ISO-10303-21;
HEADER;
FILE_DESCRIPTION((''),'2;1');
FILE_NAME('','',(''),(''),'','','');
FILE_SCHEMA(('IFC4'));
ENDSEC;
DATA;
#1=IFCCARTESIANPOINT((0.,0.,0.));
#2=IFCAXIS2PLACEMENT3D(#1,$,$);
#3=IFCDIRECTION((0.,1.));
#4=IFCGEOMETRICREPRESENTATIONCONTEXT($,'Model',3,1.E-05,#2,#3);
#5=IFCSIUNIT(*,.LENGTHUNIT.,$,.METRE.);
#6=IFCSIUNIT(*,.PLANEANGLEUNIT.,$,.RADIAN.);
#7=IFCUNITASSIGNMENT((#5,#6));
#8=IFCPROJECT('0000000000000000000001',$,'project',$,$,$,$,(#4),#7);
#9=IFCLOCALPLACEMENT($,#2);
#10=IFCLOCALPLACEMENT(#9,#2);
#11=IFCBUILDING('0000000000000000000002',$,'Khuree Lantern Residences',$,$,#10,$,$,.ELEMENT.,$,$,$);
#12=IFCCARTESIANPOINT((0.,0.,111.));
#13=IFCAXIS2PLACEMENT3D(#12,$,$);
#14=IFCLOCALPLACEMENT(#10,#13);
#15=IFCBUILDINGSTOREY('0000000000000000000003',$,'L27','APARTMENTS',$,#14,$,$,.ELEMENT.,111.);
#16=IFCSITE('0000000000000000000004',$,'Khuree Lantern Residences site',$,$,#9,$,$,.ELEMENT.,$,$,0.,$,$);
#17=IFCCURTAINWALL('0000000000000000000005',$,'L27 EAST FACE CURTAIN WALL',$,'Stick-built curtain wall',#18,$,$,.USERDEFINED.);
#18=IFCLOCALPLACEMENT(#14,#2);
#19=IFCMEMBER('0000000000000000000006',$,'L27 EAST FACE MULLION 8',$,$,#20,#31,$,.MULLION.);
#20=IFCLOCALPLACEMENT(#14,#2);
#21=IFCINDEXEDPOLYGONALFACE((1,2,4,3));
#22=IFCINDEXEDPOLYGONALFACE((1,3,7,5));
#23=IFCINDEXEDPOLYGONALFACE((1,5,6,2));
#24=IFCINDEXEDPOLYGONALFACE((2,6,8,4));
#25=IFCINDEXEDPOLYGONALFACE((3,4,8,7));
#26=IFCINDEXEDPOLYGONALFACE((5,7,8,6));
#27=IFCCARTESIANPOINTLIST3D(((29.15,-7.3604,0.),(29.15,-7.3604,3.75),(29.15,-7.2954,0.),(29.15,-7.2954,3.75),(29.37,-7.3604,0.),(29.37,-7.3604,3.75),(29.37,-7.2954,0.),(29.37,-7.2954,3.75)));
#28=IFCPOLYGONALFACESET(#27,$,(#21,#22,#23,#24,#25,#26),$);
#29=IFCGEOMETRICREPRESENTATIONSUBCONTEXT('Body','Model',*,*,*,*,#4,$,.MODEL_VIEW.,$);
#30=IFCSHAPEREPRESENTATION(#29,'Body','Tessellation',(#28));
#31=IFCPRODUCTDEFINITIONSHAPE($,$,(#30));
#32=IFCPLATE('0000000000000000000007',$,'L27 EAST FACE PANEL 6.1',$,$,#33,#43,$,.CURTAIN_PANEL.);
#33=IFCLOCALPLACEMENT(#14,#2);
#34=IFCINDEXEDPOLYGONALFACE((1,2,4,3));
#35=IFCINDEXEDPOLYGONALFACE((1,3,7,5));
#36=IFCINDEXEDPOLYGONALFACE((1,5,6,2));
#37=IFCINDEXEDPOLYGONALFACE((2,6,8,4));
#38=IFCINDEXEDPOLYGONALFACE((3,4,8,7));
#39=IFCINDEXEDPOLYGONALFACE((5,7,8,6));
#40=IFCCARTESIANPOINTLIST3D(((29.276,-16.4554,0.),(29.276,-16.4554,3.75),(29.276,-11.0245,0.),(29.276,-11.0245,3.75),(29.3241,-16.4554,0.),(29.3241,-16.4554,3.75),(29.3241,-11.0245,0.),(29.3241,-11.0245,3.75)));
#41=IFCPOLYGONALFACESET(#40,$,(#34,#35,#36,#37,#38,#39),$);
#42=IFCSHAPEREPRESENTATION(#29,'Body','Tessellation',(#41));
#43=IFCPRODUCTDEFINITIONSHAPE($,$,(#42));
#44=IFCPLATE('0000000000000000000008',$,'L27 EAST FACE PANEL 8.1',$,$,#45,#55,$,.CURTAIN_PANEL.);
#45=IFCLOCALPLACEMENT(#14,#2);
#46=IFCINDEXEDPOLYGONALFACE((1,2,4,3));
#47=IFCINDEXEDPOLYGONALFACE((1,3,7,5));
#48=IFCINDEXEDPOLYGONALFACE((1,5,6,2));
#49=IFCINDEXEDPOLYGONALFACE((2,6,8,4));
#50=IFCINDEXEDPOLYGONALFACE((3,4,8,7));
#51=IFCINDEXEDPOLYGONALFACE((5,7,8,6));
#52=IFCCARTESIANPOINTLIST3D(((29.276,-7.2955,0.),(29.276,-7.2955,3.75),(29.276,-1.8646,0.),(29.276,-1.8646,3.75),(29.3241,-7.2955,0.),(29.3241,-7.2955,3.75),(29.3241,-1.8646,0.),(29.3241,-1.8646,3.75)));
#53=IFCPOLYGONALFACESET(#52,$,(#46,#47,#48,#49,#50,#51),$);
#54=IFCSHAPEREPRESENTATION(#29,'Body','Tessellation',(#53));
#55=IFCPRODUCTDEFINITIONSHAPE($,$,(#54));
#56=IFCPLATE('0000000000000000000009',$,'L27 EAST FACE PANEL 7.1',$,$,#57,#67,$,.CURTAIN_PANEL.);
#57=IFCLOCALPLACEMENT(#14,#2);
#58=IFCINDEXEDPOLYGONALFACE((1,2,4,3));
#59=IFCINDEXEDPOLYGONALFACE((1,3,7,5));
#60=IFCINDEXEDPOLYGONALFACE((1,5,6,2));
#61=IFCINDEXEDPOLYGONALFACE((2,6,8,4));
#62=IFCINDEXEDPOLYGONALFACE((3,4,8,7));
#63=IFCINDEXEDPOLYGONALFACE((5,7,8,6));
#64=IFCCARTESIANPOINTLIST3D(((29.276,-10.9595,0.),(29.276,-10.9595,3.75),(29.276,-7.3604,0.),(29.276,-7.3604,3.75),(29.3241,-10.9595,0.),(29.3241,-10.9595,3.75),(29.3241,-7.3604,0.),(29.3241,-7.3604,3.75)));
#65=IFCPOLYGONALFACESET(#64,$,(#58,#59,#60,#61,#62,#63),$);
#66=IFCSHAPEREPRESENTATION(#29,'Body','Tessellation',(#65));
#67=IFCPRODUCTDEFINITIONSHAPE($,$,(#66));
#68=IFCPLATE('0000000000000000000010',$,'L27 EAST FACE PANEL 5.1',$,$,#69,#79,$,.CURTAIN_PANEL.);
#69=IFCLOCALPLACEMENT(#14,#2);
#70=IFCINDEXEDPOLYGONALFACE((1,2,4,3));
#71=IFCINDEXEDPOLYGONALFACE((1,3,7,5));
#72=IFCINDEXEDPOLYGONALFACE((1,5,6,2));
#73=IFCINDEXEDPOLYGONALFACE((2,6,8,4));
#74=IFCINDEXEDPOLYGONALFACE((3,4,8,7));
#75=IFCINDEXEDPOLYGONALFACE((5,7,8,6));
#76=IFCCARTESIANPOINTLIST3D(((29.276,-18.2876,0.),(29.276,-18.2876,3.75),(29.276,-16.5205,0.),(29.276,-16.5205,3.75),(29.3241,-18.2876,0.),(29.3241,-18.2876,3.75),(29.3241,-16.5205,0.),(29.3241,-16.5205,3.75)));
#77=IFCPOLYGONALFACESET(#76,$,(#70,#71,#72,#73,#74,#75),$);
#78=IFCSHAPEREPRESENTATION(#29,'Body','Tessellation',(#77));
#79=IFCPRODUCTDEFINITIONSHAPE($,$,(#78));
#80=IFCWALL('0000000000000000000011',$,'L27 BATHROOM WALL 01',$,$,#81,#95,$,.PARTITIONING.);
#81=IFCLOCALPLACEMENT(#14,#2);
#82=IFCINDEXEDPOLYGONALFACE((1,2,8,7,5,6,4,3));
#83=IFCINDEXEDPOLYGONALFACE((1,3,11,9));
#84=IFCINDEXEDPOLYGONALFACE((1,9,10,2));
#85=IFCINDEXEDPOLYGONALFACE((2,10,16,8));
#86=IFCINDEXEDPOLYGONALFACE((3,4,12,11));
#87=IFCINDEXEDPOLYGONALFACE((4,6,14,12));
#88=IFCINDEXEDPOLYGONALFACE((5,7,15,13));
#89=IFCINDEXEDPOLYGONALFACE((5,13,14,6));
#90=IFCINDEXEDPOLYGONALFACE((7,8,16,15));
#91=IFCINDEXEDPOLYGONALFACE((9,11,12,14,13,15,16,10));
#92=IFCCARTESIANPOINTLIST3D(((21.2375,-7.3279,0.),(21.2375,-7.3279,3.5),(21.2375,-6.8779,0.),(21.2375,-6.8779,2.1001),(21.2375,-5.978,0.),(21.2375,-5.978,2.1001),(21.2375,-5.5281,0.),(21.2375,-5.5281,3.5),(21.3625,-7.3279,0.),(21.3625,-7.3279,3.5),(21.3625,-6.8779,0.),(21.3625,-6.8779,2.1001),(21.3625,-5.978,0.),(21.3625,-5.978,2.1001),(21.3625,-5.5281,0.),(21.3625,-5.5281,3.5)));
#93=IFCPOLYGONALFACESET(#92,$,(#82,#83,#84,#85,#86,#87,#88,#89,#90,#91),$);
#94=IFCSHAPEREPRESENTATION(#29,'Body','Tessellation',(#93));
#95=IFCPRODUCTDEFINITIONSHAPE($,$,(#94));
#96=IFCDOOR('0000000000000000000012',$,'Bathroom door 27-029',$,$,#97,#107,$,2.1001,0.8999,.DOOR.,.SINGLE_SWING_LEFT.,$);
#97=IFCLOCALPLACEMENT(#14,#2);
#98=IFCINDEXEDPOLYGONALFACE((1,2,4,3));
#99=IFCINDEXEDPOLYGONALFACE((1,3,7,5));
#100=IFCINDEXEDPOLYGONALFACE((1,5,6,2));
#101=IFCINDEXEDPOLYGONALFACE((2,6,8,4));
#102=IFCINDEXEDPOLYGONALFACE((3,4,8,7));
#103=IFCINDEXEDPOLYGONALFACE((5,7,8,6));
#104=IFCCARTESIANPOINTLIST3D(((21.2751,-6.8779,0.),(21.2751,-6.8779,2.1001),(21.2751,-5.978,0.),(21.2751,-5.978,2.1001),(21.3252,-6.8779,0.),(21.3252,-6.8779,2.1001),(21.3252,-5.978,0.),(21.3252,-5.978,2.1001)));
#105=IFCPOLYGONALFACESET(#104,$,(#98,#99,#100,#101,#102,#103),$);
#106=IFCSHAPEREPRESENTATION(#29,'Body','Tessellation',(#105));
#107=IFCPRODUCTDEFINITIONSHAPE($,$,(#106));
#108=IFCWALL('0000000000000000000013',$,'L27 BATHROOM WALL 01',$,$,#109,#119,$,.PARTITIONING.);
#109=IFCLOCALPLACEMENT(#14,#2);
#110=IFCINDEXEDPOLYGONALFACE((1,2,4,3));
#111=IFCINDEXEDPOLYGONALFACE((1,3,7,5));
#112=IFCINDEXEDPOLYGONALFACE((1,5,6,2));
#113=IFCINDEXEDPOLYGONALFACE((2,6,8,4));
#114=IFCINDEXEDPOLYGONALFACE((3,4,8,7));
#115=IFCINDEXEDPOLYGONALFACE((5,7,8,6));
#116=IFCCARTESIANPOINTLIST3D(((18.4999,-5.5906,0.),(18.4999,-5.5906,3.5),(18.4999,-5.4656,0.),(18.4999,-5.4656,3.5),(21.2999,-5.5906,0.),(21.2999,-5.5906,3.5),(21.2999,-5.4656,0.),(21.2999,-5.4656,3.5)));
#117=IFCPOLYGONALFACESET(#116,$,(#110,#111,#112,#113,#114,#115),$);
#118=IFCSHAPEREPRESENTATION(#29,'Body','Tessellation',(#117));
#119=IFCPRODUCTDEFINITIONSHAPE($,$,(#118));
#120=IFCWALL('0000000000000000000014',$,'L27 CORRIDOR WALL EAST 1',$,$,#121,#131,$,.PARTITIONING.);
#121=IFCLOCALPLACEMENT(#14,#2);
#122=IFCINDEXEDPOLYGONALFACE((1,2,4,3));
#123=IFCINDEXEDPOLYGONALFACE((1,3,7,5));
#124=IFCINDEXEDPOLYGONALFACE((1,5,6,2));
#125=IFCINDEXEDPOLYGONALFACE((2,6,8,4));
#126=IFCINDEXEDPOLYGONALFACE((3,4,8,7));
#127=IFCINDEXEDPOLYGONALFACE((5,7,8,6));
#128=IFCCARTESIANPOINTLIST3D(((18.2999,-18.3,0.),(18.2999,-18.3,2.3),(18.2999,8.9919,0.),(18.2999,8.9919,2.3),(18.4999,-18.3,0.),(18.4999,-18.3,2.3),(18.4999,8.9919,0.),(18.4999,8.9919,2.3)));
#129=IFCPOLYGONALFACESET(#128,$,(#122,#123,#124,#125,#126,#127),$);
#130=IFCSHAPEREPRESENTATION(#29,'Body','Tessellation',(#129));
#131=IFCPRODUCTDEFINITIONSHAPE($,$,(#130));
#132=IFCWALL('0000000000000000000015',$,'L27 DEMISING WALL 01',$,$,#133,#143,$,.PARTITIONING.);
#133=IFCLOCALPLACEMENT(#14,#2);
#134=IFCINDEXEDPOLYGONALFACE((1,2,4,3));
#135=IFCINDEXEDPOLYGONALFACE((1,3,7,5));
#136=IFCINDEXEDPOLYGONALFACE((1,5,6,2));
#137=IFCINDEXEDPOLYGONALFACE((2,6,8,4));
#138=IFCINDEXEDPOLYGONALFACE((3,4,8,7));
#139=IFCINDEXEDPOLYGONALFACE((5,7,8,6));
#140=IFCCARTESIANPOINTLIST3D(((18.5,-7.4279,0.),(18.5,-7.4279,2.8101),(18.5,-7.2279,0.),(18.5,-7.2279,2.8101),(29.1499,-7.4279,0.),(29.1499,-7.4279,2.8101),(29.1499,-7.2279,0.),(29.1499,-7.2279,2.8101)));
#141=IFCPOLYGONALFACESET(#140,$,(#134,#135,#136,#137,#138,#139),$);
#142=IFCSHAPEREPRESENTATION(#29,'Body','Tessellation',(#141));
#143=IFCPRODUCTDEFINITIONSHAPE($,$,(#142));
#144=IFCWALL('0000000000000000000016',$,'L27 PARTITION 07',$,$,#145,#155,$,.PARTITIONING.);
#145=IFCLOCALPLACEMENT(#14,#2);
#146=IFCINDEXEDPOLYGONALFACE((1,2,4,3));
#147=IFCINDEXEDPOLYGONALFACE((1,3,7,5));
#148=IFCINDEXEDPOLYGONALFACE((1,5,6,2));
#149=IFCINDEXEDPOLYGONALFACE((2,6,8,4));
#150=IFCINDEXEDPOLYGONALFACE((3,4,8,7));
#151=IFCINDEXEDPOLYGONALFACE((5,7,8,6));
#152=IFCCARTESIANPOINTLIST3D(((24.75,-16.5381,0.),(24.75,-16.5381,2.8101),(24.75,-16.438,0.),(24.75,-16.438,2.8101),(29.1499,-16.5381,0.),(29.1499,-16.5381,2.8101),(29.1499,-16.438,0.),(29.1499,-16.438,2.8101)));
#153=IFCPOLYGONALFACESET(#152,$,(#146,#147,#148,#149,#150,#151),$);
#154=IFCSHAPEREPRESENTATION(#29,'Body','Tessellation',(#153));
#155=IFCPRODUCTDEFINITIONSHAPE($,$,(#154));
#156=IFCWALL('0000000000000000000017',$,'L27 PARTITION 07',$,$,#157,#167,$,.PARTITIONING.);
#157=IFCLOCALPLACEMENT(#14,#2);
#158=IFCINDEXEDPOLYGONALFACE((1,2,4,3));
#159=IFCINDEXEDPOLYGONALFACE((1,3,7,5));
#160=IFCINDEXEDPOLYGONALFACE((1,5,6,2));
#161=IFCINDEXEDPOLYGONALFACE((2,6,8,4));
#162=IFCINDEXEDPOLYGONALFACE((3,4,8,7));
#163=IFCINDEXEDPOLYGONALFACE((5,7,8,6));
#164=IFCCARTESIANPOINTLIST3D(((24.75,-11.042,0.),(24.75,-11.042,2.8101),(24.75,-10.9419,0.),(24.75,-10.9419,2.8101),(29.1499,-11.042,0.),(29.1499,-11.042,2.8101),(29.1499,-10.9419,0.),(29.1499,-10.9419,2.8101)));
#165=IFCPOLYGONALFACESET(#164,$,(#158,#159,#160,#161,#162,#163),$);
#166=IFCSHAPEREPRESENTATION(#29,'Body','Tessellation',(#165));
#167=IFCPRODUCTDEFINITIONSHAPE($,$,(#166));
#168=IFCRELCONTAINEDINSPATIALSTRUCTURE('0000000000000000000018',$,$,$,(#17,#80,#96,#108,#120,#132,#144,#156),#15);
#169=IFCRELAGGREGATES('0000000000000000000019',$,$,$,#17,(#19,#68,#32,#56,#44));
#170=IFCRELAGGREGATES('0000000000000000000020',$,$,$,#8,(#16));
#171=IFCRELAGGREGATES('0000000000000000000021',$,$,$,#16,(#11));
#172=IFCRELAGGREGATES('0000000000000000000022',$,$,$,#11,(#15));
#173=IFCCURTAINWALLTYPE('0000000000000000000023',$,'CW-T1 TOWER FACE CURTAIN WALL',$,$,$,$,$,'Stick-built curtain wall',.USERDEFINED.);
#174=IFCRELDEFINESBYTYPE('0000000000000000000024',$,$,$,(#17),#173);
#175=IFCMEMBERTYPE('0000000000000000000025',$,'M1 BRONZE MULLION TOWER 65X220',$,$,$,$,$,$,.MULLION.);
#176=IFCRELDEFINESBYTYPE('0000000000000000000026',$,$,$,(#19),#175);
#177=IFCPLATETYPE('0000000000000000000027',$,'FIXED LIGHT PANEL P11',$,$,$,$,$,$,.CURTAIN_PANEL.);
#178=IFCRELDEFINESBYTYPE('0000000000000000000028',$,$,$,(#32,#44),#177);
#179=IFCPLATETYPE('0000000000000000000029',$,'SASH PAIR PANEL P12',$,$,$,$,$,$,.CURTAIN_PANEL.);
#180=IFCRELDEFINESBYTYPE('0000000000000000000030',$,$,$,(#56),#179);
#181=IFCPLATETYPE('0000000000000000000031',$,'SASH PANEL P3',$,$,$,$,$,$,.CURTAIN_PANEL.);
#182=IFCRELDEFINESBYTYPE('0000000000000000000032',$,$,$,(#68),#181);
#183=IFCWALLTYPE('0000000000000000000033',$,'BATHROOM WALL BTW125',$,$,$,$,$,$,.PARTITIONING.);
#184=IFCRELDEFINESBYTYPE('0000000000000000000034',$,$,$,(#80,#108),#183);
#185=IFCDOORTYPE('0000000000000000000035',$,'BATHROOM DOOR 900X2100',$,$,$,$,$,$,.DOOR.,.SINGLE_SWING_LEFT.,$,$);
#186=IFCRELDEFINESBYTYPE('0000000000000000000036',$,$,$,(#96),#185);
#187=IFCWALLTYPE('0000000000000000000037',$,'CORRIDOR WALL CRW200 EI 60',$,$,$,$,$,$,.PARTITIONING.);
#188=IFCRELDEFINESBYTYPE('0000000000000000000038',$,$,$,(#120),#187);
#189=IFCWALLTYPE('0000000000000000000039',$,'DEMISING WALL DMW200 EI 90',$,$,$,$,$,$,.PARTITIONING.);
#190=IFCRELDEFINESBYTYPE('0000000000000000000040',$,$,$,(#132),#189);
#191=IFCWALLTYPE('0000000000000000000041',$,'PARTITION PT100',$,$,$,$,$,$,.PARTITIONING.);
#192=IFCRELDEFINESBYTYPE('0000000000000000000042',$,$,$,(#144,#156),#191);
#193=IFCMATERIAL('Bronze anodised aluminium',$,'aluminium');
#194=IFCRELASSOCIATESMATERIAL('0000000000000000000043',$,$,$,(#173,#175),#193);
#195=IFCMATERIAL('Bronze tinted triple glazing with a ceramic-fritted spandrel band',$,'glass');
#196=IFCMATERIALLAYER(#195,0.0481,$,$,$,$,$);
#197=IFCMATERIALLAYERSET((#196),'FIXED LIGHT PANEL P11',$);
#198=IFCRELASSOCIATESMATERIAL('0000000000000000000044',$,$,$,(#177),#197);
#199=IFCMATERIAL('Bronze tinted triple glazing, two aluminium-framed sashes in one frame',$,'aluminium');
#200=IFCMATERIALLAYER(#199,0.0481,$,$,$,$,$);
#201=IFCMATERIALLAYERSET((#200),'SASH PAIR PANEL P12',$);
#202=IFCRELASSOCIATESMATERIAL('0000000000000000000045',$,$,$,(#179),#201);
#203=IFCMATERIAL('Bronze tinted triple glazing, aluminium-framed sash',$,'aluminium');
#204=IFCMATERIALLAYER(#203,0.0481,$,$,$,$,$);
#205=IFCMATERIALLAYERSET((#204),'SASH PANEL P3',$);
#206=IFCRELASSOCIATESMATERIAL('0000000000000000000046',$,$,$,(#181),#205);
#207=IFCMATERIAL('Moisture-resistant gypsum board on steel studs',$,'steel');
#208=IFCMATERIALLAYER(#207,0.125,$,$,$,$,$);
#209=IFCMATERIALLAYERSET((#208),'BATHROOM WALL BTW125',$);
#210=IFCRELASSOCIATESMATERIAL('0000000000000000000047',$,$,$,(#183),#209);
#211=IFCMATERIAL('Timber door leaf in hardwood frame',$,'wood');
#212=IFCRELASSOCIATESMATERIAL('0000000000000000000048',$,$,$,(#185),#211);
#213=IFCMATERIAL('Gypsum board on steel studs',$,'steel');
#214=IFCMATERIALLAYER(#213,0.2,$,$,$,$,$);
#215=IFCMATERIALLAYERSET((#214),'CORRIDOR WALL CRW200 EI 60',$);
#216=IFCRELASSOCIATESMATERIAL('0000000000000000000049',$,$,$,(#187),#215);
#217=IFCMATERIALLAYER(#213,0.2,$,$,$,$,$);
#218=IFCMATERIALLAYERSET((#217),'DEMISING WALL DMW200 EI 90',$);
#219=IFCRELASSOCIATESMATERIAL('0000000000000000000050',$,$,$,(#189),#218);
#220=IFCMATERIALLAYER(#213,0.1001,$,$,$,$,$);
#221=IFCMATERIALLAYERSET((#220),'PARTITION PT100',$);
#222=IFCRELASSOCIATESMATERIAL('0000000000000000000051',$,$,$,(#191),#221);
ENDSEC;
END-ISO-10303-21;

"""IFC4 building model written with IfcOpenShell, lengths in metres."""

from ifc_helpers import new_model, si_unit, direction, frame, frame_2d, origin, origin_2d, place, context, subcontext, project, spatial, rectangle, extrude, material, layer, layer_set, material_profile, profile_set, type_object, element, fill, aggregate, save


model = new_model("IFC4")

# Units and contexts
model_context = context("Model", 3, precision=1e-05, world=origin(), true_north=direction((0.0, 1.0)))
body_context = subcontext(model_context, "Body", "Model", "MODEL_VIEW")
ifc_project = project(units=[si_unit("LENGTHUNIT", "METRE"), si_unit("PLANEANGLEUNIT", "RADIAN")], contexts=[model_context])

# Site, building, storey
site_placement = place(None, origin())
site = spatial("IfcSite", under=ifc_project, at=site_placement, Name="Khuree Lantern Residences site", CompositionType="ELEMENT", RefElevation=0.0)
building_placement = place(site_placement, origin())
building = spatial("IfcBuilding", under=site, at=building_placement, Name="Khuree Lantern Residences", CompositionType="ELEMENT")
storey_placement = place(building_placement, frame((0.0, 0.0, 111.0)))
storey = spatial("IfcBuildingStorey", under=building, at=storey_placement, Name="L27", Description="APARTMENTS", CompositionType="ELEMENT", Elevation=111.0)

# Curtain wall
ifc_material_1 = material(Name="Bronze anodised aluminium", Category="aluminium")
curtain_wall_type = type_object("IfcCurtainWallType", Name="CW-T1 TOWER FACE CURTAIN WALL", ElementType="Stick-built curtain wall", PredefinedType="USERDEFINED", material=ifc_material_1)
curtain_wall_placement = place(storey_placement, origin())
curtain_wall = element("IfcCurtainWall", 1, at=curtain_wall_placement, inside=storey, type_object=curtain_wall_type, Name="L27 EAST FACE CURTAIN WALL", ObjectType="Stick-built curtain wall", PredefinedType="USERDEFINED")

# Member
ifc_material_profile_1 = material_profile(ifc_material_1, rectangle(XDim=0.0649, YDim=0.22, at=origin_2d()), Name="M1 65X220")
ifc_profile_set_1 = profile_set([ifc_material_profile_1], Name="Bronze anodised aluminium")
member_type_1 = type_object("IfcMemberType", Name="M1 BRONZE MULLION TOWER 65X220", PredefinedType="MULLION", material=ifc_profile_set_1)
member_1_placement = place(storey_placement, frame((29.26, -7.3279, 0.0), z_axis=(0.0, 0.0, 1.0), x_axis=(0.0, 1.0, 0.0)))
member_1 = element("IfcMember", 2, at=member_1_placement, type_object=member_type_1, Name="L27 EAST FACE MULLION 8", PredefinedType="MULLION", context=body_context, shape_type="SweptSolid", body=[
    extrude(rectangle(XDim=0.0649, YDim=0.22, at=origin_2d()), origin(), (0.0, 0.0, 1.0), 3.75),
])

# Plates
ifc_material_2 = material(Name="Bronze tinted triple glazing with a ceramic-fritted spandrel band", Category="glass")
ifc_layer_1 = layer(ifc_material_2, 0.0481)
ifc_layer_set_1 = layer_set([ifc_layer_1], Name="FIXED LIGHT PANEL P11")
plate_type_1 = type_object("IfcPlateType", Name="FIXED LIGHT PANEL P11", PredefinedType="CURTAIN_PANEL", material=ifc_layer_set_1)
plate_1_placement = place(storey_placement, frame((29.3, -13.74, 0.0), z_axis=(0.0, 0.0, 1.0), x_axis=(0.0, 1.0, 0.0)))
plate_1 = element("IfcPlate", 3, at=plate_1_placement, type_object=plate_type_1, Name="L27 EAST FACE PANEL 6.1", PredefinedType="CURTAIN_PANEL", context=body_context, shape_type="SweptSolid", body=[
    extrude(rectangle(XDim=5.4309, YDim=0.0481, at=origin_2d()), origin(), (0.0, 0.0, 1.0), 3.75),
])
plate_2_placement = place(storey_placement, frame((29.3, -4.5801, 0.0), z_axis=(0.0, 0.0, 1.0), x_axis=(0.0, 1.0, 0.0)))
plate_2 = element("IfcPlate", 4, at=plate_2_placement, type_object=plate_type_1, Name="L27 EAST FACE PANEL 8.1", PredefinedType="CURTAIN_PANEL", context=body_context, shape_type="SweptSolid", body=[
    extrude(rectangle(XDim=5.4309, YDim=0.0481, at=origin_2d()), origin(), (0.0, 0.0, 1.0), 3.75),
])
ifc_material_3 = material(Name="Bronze tinted triple glazing, two aluminium-framed sashes in one frame", Category="aluminium")
ifc_layer_2 = layer(ifc_material_3, 0.0481)
ifc_layer_set_2 = layer_set([ifc_layer_2], Name="SASH PAIR PANEL P12")
plate_type_2 = type_object("IfcPlateType", Name="SASH PAIR PANEL P12", PredefinedType="CURTAIN_PANEL", material=ifc_layer_set_2)
plate_3_placement = place(storey_placement, frame((29.3, -9.1599, 0.0), z_axis=(0.0, 0.0, 1.0), x_axis=(0.0, 1.0, 0.0)))
plate_3 = element("IfcPlate", 5, at=plate_3_placement, type_object=plate_type_2, Name="L27 EAST FACE PANEL 7.1", PredefinedType="CURTAIN_PANEL", context=body_context, shape_type="SweptSolid", body=[
    extrude(rectangle(XDim=3.5991, YDim=0.0481, at=origin_2d()), origin(), (0.0, 0.0, 1.0), 3.75),
])
ifc_material_4 = material(Name="Bronze tinted triple glazing, aluminium-framed sash", Category="aluminium")
ifc_layer_3 = layer(ifc_material_4, 0.0481)
ifc_layer_set_3 = layer_set([ifc_layer_3], Name="SASH PANEL P3")
plate_type_3 = type_object("IfcPlateType", Name="SASH PANEL P3", PredefinedType="CURTAIN_PANEL", material=ifc_layer_set_3)
plate_4_placement = place(storey_placement, frame((29.3, -17.4041, 0.0), z_axis=(0.0, 0.0, 1.0), x_axis=(0.0, 1.0, 0.0)))
plate_4 = element("IfcPlate", 6, at=plate_4_placement, type_object=plate_type_3, Name="L27 EAST FACE PANEL 5.1", PredefinedType="CURTAIN_PANEL", context=body_context, shape_type="SweptSolid", body=[
    extrude(rectangle(XDim=1.7671, YDim=0.0481, at=origin_2d()), origin(), (0.0, 0.0, 1.0), 3.75),
])
aggregate(curtain_wall, [member_1, plate_4, plate_1, plate_3, plate_2])

# Wall, opening, door
ifc_material_5 = material(Name="Moisture-resistant gypsum board on steel studs", Category="steel")
ifc_layer_4 = layer(ifc_material_5, 0.125)
ifc_layer_set_4 = layer_set([ifc_layer_4], Name="BATHROOM WALL BTW125")
wall_type_1 = type_object("IfcWallType", Name="BATHROOM WALL BTW125", PredefinedType="PARTITIONING", material=ifc_layer_set_4)
wall_1_placement = place(storey_placement, frame((21.3, -7.3279, 0.0), z_axis=(0.0, 0.0, 1.0), x_axis=(0.0, 1.0, 0.0)))
wall_1 = element("IfcWall", 7, at=wall_1_placement, inside=storey, type_object=wall_type_1, Name="L27 BATHROOM WALL 01", PredefinedType="PARTITIONING", context=body_context, shape_type="SweptSolid", body=[
    extrude(rectangle(XDim=1.7998, YDim=0.125, at=frame_2d((0.8999, 0.0))), origin(), (0.0, 0.0, 1.0), 3.5),
])
opening_1_placement = place(wall_1_placement, frame((0.45, 0.0, 0.0)))
opening_1 = element("IfcOpeningElement", 8, at=opening_1_placement, cuts=wall_1, PredefinedType="OPENING", context=body_context, shape_type="SweptSolid", body=[
    extrude(rectangle(XDim=0.8999, YDim=2.1001, at=frame_2d((0.45, 1.05))), frame((0.0, 0.0725, 0.0), z_axis=(0.0, -1.0, 0.0), x_axis=(1.0, 0.0, 0.0)), (0.0, 0.0, 1.0), 0.145),
])
ifc_material_6 = material(Name="Timber door leaf in hardwood frame", Category="wood")
door_type_1 = type_object("IfcDoorType", Name="BATHROOM DOOR 900X2100", OperationType="SINGLE_SWING_LEFT", PredefinedType="DOOR", material=ifc_material_6)
door_1_placement = place(opening_1_placement, origin())
door_1 = element("IfcDoor", 9, at=door_1_placement, inside=storey, type_object=door_type_1, Name="Bathroom door 27-029", OperationType="SINGLE_SWING_LEFT", OverallHeight=2.1001, OverallWidth=0.8999, PredefinedType="DOOR", context=body_context, shape_type="SweptSolid", body=[
    extrude(rectangle(XDim=0.8999, YDim=2.1001, at=frame_2d((0.45, 1.05))), frame((0.0, 0.0249, 0.0), z_axis=(0.0, -1.0, 0.0), x_axis=(1.0, 0.0, 0.0)), (0.0, 0.0, 1.0), 0.05),
])
fill(opening_1, door_1)

# Walls
wall_2_placement = place(storey_placement, frame((18.5, -5.5281, 0.0), z_axis=(0.0, 0.0, 1.0), x_axis=(1.0, 0.0, 0.0)))
element("IfcWall", 10, at=wall_2_placement, inside=storey, type_object=wall_type_1, Name="L27 BATHROOM WALL 01", PredefinedType="PARTITIONING", context=body_context, shape_type="SweptSolid", body=[
    extrude(rectangle(XDim=2.8, YDim=0.125, at=frame_2d((1.3999, 0.0))), origin(), (0.0, 0.0, 1.0), 3.5),
])
ifc_material_7 = material(Name="Gypsum board on steel studs", Category="steel")
ifc_layer_5 = layer(ifc_material_7, 0.2)
ifc_layer_set_5 = layer_set([ifc_layer_5], Name="CORRIDOR WALL CRW200 EI 60")
wall_type_2 = type_object("IfcWallType", Name="CORRIDOR WALL CRW200 EI 60", PredefinedType="PARTITIONING", material=ifc_layer_set_5)
wall_3_placement = place(storey_placement, frame((18.3999, -18.3, 0.0), z_axis=(0.0, 0.0, 1.0), x_axis=(0.0, 1.0, 0.0)))
element("IfcWall", 11, at=wall_3_placement, inside=storey, type_object=wall_type_2, Name="L27 CORRIDOR WALL EAST 1", PredefinedType="PARTITIONING", context=body_context, shape_type="SweptSolid", body=[
    extrude(rectangle(XDim=27.292, YDim=0.2, at=frame_2d((13.646, 0.0))), origin(), (0.0, 0.0, 1.0), 2.3),
])
ifc_layer_6 = layer(ifc_material_7, 0.2)
ifc_layer_set_6 = layer_set([ifc_layer_6], Name="DEMISING WALL DMW200 EI 90")
wall_type_3 = type_object("IfcWallType", Name="DEMISING WALL DMW200 EI 90", PredefinedType="PARTITIONING", material=ifc_layer_set_6)
wall_4_placement = place(storey_placement, frame((18.5, -7.3279, 0.0), z_axis=(0.0, 0.0, 1.0), x_axis=(1.0, 0.0, 0.0)))
element("IfcWall", 12, at=wall_4_placement, inside=storey, type_object=wall_type_3, Name="L27 DEMISING WALL 01", PredefinedType="PARTITIONING", context=body_context, shape_type="SweptSolid", body=[
    extrude(rectangle(XDim=10.6499, YDim=0.2, at=frame_2d((5.325, 0.0))), origin(), (0.0, 0.0, 1.0), 2.8101),
])
ifc_layer_7 = layer(ifc_material_7, 0.1001)
ifc_layer_set_7 = layer_set([ifc_layer_7], Name="PARTITION PT100")
wall_type_4 = type_object("IfcWallType", Name="PARTITION PT100", PredefinedType="PARTITIONING", material=ifc_layer_set_7)
for number, where, z_axis, x_axis, name in (
    (13, (24.75, -16.488, 0.0), (0.0, 0.0, 1.0), (1.0, 0.0, 0.0), "L27 PARTITION 07"),
    (14, (24.75, -10.9919, 0.0), (0.0, 0.0, 1.0), (1.0, 0.0, 0.0), "L27 PARTITION 07"),
):
    element("IfcWall", number, at=place(storey_placement, frame(where, z_axis=z_axis, x_axis=x_axis)), inside=storey, type_object=wall_type_4, Name=name, PredefinedType="PARTITIONING", context=body_context, shape_type="SweptSolid", body=[
        extrude(rectangle(XDim=4.3999, YDim=0.1001, at=frame_2d((2.2, 0.0))), origin(), (0.0, 0.0, 1.0), 2.8101),
    ])

save(model, "model.ifc")
